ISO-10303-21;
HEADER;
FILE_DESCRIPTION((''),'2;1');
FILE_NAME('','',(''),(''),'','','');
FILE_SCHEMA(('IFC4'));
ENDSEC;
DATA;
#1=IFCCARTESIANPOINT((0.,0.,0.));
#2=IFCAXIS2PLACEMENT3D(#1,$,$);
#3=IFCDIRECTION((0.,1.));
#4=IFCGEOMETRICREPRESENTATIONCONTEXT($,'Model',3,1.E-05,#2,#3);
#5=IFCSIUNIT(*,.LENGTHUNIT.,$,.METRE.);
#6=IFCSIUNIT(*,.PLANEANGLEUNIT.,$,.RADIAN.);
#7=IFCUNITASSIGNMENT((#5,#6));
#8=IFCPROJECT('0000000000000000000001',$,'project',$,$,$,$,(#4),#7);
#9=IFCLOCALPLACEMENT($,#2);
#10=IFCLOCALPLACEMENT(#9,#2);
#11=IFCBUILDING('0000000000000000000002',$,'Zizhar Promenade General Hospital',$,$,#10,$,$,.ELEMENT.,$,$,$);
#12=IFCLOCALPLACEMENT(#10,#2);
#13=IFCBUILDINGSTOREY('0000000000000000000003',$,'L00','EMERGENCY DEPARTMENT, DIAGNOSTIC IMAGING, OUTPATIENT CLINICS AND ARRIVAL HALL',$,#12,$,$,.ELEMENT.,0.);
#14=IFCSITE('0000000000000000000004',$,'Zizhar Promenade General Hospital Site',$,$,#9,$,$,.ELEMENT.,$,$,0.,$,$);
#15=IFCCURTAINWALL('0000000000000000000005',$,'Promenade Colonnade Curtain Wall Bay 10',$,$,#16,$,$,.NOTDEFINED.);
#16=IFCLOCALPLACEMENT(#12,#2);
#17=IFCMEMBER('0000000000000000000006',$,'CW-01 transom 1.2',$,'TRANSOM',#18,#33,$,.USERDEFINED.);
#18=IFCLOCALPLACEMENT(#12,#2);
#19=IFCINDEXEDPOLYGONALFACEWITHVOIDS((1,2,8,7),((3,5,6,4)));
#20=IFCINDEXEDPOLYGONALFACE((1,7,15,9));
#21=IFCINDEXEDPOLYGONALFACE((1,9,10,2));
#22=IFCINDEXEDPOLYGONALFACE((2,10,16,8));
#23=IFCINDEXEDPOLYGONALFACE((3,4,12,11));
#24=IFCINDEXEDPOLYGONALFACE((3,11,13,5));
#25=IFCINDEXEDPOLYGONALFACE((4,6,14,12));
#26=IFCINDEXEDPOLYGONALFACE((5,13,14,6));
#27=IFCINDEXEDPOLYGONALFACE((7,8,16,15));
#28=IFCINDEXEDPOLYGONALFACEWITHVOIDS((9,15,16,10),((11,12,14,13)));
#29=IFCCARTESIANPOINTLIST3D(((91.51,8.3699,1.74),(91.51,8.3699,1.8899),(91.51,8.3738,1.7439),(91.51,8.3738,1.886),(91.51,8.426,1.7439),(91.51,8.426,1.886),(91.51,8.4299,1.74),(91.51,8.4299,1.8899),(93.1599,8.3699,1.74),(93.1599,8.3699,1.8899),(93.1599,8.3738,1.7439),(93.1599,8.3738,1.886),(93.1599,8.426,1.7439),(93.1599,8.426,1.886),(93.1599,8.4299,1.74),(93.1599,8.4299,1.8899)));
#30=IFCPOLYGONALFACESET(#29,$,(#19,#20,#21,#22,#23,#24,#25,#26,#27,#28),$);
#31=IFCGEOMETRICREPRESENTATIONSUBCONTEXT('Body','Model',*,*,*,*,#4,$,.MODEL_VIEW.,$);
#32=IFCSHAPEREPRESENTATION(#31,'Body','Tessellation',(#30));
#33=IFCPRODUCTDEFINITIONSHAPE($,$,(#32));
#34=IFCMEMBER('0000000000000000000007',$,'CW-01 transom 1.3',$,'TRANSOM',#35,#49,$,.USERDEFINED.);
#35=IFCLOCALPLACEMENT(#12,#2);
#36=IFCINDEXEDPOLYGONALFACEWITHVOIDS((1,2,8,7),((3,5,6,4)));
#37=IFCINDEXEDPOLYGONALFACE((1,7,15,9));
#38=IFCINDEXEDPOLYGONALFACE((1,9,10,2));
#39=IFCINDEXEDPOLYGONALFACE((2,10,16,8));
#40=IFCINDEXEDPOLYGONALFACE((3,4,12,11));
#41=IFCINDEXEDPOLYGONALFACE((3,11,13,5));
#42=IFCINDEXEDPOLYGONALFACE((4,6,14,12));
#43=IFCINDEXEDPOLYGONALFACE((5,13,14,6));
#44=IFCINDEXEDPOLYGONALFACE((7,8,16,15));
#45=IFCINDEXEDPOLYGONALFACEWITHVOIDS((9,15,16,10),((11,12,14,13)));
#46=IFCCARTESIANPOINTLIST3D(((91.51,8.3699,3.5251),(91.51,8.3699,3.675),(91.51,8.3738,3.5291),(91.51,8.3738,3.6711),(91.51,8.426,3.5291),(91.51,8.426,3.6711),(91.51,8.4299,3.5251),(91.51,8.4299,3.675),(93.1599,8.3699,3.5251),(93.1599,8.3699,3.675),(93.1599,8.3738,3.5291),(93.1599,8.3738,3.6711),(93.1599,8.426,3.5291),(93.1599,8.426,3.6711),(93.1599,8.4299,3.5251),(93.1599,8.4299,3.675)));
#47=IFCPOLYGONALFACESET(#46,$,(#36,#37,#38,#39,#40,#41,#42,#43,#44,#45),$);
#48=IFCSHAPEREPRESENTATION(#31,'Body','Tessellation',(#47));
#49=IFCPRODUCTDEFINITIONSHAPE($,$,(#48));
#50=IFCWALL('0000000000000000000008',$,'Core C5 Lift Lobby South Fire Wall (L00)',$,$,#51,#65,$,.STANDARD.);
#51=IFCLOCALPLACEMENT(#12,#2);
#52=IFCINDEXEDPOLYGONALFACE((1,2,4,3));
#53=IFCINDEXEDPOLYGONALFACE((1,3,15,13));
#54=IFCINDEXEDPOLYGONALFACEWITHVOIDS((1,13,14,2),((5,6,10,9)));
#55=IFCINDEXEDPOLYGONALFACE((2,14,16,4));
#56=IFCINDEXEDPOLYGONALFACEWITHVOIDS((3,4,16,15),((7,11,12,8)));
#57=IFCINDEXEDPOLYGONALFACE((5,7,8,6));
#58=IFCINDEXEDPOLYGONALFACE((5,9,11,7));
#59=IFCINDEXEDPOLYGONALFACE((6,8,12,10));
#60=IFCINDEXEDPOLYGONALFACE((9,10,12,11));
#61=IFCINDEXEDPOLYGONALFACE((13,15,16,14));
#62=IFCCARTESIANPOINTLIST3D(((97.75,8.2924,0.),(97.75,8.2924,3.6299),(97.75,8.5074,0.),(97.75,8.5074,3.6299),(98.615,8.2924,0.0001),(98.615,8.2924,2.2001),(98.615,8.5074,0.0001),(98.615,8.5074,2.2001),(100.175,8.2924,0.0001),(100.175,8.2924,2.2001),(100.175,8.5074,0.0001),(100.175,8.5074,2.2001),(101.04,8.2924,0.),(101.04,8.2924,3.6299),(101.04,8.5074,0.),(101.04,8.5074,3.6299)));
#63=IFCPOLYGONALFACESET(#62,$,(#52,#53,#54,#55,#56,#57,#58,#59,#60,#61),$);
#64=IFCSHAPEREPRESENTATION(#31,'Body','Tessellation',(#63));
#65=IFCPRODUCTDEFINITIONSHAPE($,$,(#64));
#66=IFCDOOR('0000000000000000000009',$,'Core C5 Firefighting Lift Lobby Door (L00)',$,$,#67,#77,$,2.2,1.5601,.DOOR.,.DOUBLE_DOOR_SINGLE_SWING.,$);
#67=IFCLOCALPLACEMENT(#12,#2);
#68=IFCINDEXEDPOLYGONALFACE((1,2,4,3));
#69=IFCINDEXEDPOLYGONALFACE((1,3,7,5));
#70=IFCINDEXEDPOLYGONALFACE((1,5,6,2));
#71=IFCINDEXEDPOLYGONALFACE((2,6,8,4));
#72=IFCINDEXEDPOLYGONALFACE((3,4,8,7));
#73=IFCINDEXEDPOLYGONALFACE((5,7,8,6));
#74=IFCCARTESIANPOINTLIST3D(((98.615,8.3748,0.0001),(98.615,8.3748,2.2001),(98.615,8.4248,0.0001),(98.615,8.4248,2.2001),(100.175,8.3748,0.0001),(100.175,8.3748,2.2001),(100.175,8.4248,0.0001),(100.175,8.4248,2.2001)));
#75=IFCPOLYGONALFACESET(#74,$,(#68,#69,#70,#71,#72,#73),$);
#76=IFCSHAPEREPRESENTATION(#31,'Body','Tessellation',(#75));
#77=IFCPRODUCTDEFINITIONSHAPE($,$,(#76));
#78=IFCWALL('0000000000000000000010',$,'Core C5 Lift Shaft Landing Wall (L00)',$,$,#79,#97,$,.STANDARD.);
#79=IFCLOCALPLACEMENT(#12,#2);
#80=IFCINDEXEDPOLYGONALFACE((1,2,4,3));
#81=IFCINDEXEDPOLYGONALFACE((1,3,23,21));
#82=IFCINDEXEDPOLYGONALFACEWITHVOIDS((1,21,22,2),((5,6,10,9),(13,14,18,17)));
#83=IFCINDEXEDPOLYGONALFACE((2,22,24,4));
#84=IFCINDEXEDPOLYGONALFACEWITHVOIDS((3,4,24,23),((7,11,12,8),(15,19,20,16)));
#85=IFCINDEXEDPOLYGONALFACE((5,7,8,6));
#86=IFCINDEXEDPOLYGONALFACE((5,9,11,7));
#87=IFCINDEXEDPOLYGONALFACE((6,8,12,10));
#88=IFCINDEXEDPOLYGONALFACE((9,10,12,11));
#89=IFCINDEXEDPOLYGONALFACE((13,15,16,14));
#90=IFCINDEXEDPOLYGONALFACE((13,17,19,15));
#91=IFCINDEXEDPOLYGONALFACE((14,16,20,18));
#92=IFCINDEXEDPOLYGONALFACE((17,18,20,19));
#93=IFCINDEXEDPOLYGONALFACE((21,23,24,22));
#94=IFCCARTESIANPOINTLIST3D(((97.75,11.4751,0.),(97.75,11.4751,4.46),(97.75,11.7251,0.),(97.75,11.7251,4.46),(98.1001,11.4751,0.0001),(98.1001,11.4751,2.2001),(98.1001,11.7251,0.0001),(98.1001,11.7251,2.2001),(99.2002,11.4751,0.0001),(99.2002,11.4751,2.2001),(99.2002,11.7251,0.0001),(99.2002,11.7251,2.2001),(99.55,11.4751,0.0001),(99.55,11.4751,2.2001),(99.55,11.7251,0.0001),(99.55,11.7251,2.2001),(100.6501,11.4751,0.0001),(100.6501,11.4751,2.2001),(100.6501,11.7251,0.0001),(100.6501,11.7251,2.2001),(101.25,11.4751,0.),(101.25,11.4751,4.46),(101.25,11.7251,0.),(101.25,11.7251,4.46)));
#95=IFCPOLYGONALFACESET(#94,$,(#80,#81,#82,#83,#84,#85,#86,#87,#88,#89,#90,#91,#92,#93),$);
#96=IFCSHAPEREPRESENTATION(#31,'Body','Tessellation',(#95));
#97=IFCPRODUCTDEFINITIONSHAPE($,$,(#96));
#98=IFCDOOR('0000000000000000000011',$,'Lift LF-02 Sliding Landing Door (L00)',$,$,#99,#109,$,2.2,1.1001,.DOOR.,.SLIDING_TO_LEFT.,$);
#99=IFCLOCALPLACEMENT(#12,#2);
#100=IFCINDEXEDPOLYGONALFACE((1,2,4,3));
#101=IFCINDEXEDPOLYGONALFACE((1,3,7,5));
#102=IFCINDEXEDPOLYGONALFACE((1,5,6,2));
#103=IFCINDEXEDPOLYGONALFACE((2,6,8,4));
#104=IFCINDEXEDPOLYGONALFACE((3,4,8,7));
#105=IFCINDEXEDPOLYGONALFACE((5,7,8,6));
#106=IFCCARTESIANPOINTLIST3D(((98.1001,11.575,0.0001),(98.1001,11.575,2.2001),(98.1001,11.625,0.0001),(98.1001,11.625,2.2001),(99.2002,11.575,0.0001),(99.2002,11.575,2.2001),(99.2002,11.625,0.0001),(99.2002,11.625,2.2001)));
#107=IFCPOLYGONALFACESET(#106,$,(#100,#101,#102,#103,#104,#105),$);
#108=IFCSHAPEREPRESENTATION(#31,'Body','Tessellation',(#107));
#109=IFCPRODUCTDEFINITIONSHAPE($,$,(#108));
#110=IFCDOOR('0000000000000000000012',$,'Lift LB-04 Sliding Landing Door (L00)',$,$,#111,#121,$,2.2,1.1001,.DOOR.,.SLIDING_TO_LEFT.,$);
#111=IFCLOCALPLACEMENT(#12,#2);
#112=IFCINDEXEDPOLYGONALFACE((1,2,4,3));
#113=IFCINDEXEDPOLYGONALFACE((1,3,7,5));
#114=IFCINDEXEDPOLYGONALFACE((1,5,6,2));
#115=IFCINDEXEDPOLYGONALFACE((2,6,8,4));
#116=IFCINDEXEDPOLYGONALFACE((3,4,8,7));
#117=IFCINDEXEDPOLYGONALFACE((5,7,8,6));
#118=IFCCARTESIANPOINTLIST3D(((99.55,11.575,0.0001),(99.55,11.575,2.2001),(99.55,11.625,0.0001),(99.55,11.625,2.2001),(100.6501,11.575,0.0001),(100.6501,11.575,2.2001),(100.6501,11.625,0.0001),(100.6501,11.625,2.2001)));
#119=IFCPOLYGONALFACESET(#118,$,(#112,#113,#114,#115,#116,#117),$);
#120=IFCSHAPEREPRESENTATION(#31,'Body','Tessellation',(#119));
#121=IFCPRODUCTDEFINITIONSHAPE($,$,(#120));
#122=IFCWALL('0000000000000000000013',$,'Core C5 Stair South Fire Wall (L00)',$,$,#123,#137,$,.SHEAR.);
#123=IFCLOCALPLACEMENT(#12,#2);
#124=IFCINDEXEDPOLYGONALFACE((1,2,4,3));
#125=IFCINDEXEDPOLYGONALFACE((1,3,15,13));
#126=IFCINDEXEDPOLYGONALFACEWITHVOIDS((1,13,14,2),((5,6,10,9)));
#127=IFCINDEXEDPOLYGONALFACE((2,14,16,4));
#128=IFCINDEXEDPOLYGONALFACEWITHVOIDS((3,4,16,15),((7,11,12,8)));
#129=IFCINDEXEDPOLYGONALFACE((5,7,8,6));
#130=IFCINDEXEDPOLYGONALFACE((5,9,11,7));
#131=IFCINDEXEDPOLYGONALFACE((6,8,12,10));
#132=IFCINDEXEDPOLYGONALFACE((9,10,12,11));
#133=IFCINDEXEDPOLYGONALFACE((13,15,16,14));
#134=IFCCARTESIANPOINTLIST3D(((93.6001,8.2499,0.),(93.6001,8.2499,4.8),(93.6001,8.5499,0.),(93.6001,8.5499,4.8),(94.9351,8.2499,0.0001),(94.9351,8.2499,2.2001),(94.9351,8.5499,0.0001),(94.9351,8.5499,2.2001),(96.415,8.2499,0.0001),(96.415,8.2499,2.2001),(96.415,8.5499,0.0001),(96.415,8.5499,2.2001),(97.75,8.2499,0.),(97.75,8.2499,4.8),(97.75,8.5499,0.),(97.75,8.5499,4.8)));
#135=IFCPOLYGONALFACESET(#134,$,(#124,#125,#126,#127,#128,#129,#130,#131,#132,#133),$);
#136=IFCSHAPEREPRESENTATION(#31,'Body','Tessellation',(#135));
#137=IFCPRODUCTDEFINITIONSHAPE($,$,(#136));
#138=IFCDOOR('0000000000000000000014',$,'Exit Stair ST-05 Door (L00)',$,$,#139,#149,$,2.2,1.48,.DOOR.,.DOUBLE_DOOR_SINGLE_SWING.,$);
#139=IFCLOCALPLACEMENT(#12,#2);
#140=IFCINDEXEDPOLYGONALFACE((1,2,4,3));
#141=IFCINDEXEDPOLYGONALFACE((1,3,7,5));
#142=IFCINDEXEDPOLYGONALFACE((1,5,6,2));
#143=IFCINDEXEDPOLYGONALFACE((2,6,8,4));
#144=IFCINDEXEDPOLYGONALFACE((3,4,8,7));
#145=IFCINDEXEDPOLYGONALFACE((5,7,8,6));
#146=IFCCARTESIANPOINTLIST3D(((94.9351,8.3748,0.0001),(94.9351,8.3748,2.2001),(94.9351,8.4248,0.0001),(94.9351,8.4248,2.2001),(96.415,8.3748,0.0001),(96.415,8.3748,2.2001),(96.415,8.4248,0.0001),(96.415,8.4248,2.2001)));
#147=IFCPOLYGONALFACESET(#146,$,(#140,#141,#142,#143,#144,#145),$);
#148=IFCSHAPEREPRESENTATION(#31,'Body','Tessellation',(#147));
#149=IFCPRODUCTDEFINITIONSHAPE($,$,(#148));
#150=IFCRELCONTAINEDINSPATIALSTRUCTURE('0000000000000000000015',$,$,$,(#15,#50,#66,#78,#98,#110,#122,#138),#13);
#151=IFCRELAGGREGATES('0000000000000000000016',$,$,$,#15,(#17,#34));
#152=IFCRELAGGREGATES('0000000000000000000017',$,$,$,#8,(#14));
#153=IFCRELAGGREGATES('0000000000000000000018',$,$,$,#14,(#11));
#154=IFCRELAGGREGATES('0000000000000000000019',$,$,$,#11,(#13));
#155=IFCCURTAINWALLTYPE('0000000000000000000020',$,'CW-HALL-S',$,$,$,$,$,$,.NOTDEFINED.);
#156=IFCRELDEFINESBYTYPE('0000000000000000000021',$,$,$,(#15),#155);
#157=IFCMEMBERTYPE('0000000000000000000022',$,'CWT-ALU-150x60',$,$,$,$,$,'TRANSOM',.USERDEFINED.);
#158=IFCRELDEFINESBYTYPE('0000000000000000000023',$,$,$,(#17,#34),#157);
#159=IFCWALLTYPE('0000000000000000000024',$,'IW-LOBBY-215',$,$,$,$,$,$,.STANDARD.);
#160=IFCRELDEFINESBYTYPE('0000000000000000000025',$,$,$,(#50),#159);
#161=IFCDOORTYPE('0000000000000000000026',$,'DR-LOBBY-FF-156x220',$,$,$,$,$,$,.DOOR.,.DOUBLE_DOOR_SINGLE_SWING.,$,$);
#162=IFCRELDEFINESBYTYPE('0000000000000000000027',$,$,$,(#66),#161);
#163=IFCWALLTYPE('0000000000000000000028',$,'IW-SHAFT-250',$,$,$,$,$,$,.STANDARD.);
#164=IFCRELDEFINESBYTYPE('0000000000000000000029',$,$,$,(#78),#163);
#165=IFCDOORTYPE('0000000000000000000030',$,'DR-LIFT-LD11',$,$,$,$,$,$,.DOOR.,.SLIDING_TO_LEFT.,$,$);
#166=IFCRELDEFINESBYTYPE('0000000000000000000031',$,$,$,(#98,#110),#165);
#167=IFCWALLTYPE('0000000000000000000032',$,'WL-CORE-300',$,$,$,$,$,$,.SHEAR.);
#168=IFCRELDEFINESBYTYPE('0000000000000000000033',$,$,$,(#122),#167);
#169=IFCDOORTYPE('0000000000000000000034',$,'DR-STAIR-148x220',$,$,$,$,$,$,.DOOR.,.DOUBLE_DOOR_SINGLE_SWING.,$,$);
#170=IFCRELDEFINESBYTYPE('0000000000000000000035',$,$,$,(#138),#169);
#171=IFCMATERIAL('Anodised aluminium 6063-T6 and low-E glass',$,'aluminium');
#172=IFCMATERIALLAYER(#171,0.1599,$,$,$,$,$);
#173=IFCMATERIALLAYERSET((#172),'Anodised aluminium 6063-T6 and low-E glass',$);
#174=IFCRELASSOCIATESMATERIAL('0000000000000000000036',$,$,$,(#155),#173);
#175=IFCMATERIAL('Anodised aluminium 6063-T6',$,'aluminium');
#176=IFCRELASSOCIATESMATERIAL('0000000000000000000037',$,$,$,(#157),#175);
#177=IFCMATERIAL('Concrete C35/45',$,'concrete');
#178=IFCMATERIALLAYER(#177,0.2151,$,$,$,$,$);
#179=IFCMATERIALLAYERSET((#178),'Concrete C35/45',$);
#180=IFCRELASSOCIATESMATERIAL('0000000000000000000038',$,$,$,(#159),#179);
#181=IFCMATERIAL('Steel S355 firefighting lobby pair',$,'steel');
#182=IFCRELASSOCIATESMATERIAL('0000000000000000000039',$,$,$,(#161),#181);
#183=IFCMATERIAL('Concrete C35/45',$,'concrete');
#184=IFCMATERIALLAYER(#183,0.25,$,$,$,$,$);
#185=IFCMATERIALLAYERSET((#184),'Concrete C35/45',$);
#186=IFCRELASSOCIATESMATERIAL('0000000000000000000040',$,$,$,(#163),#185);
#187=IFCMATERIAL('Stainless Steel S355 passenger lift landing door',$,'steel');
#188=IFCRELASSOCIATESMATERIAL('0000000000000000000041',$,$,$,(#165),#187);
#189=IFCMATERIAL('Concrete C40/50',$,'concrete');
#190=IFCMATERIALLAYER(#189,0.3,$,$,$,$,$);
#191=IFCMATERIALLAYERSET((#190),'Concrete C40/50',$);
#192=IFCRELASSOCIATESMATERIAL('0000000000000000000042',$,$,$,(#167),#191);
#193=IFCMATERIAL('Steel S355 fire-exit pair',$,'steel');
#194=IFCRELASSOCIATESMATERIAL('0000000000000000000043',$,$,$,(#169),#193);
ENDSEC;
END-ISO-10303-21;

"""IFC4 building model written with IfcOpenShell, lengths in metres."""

from ifc_helpers import new_model, si_unit, direction, frame, frame_2d, origin, origin_2d, place, context, subcontext, project, spatial, rectangle, hollow_rectangle, extrude, material, layer, layer_set, material_profile, profile_set, type_object, element, fill, aggregate, save


model = new_model("IFC4")

# Units and contexts
model_context = context("Model", 3, precision=1e-05, world=origin(), true_north=direction((0.0, 1.0)))
body_context = subcontext(model_context, "Body", "Model", "MODEL_VIEW")
ifc_project = project(units=[si_unit("LENGTHUNIT", "METRE"), si_unit("PLANEANGLEUNIT", "RADIAN")], contexts=[model_context])

# Site, building, storey
site_placement = place(None, origin())
site = spatial("IfcSite", under=ifc_project, at=site_placement, Name="Zizhar Promenade General Hospital Site", CompositionType="ELEMENT", RefElevation=0.0)
building_placement = place(site_placement, origin())
building = spatial("IfcBuilding", under=site, at=building_placement, Name="Zizhar Promenade General Hospital", CompositionType="ELEMENT")
storey_placement = place(building_placement, origin())
storey = spatial("IfcBuildingStorey", under=building, at=storey_placement, Name="L00", Description="EMERGENCY DEPARTMENT, DIAGNOSTIC IMAGING, OUTPATIENT CLINICS AND ARRIVAL HALL", CompositionType="ELEMENT", Elevation=0.0)

# Curtain wall, members
ifc_material_1 = material(Name="Anodised aluminium 6063-T6 and low-E glass", Category="aluminium")
ifc_layer_1 = layer(ifc_material_1, 0.1599)
ifc_layer_set_1 = layer_set([ifc_layer_1], Name="Anodised aluminium 6063-T6 and low-E glass")
curtain_wall_type = type_object("IfcCurtainWallType", Name="CW-HALL-S", PredefinedType="NOTDEFINED", material=ifc_layer_set_1)
curtain_wall_placement = place(storey_placement, origin())
curtain_wall = element("IfcCurtainWall", 1, at=curtain_wall_placement, inside=storey, type_object=curtain_wall_type, Name="Promenade Colonnade Curtain Wall Bay 10", PredefinedType="NOTDEFINED")
ifc_material_2 = material(Name="Anodised aluminium 6063-T6", Category="aluminium")
ifc_material_profile_1 = material_profile(ifc_material_2, hollow_rectangle(XDim=0.0601, YDim=0.1499, WallThickness=0.0039, at=origin_2d()))
ifc_profile_set_1 = profile_set([ifc_material_profile_1], Name="Anodised aluminium 6063-T6")
member_type_1 = type_object("IfcMemberType", Name="CWT-ALU-150x60", ElementType="TRANSOM", PredefinedType="USERDEFINED", material=ifc_profile_set_1)
member_1_placement = place(storey_placement, frame((93.1599, 8.3999, 1.8149), z_axis=(-1.0, 0.0, 0.0), x_axis=(0.0, -1.0, 0.0)))
member_1 = element("IfcMember", 2, at=member_1_placement, type_object=member_type_1, Name="CW-01 transom 1.2", ObjectType="TRANSOM", PredefinedType="USERDEFINED", context=body_context, shape_type="SweptSolid", body=[
    extrude(hollow_rectangle(XDim=0.0601, YDim=0.1499, WallThickness=0.0039, at=origin_2d()), origin(), (0.0, 0.0, 1.0), 1.6499),
])
member_2_placement = place(storey_placement, frame((93.1599, 8.3999, 3.6001), z_axis=(-1.0, 0.0, 0.0), x_axis=(0.0, -1.0, 0.0)))
member_2 = element("IfcMember", 3, at=member_2_placement, type_object=member_type_1, Name="CW-01 transom 1.3", ObjectType="TRANSOM", PredefinedType="USERDEFINED", context=body_context, shape_type="SweptSolid", body=[
    extrude(hollow_rectangle(XDim=0.0601, YDim=0.1499, WallThickness=0.0039, at=origin_2d()), origin(), (0.0, 0.0, 1.0), 1.6499),
])
aggregate(curtain_wall, [member_1, member_2])

# Wall, opening, door
ifc_material_3 = material(Name="Concrete C35/45", Category="concrete")
ifc_layer_2 = layer(ifc_material_3, 0.2151)
ifc_layer_set_2 = layer_set([ifc_layer_2], Name="Concrete C35/45")
wall_type_1 = type_object("IfcWallType", Name="IW-LOBBY-215", PredefinedType="STANDARD", material=ifc_layer_set_2)
wall_1_placement = place(storey_placement, frame((97.75, 8.3999, 0.0), z_axis=(0.0, 0.0, 1.0), x_axis=(1.0, 0.0, 0.0)))
wall_1 = element("IfcWall", 4, at=wall_1_placement, inside=storey, type_object=wall_type_1, Name="Core C5 Lift Lobby South Fire Wall (L00)", PredefinedType="STANDARD", context=body_context, shape_type="SweptSolid", body=[
    extrude(rectangle(XDim=3.29, YDim=0.2151, at=frame_2d((1.645, 0.0))), origin(), (0.0, 0.0, 1.0), 3.6299),
])
opening_1_placement = place(wall_1_placement, frame((0.865, 0.0, 0.0)))
opening_1 = element("IfcOpeningElement", 5, at=opening_1_placement, cuts=wall_1, PredefinedType="OPENING", context=body_context, shape_type="SweptSolid", body=[
    extrude(rectangle(XDim=1.5601, YDim=2.2, at=frame_2d((0.78, 1.1001))), frame((0.0, 0.1177, 0.0), z_axis=(0.0, -1.0, 0.0), x_axis=(1.0, 0.0, 0.0)), (0.0, 0.0, 1.0), 0.2351),
])
ifc_material_4 = material(Name="Steel S355 firefighting lobby pair", Category="steel")
door_type_1 = type_object("IfcDoorType", Name="DR-LOBBY-FF-156x220", OperationType="DOUBLE_DOOR_SINGLE_SWING", PredefinedType="DOOR", material=ifc_material_4)
door_1_placement = place(opening_1_placement, origin())
door_1 = element("IfcDoor", 6, at=door_1_placement, inside=storey, type_object=door_type_1, Name="Core C5 Firefighting Lift Lobby Door (L00)", OperationType="DOUBLE_DOOR_SINGLE_SWING", OverallHeight=2.2, OverallWidth=1.5601, PredefinedType="DOOR", context=body_context, shape_type="SweptSolid", body=[
    extrude(rectangle(XDim=1.5601, YDim=2.2, at=frame_2d((0.78, 1.1001))), frame((0.0, 0.0249, 0.0), z_axis=(0.0, -1.0, 0.0), x_axis=(1.0, 0.0, 0.0)), (0.0, 0.0, 1.0), 0.05),
])
fill(opening_1, door_1)

# Wall, openings, doors
ifc_material_5 = material(Name="Concrete C35/45", Category="concrete")
ifc_layer_3 = layer(ifc_material_5, 0.25)
ifc_layer_set_3 = layer_set([ifc_layer_3], Name="Concrete C35/45")
wall_type_2 = type_object("IfcWallType", Name="IW-SHAFT-250", PredefinedType="STANDARD", material=ifc_layer_set_3)
wall_2_placement = place(storey_placement, frame((97.75, 11.6001, 0.0), z_axis=(0.0, 0.0, 1.0), x_axis=(1.0, 0.0, 0.0)))
wall_2 = element("IfcWall", 7, at=wall_2_placement, inside=storey, type_object=wall_type_2, Name="Core C5 Lift Shaft Landing Wall (L00)", PredefinedType="STANDARD", context=body_context, shape_type="SweptSolid", body=[
    extrude(rectangle(XDim=3.5, YDim=0.25, at=frame_2d((1.75, 0.0))), origin(), (0.0, 0.0, 1.0), 4.46),
])
opening_2_placement = place(wall_2_placement, frame((0.3501, 0.0, 0.0)))
opening_2 = element("IfcOpeningElement", 8, at=opening_2_placement, cuts=wall_2, PredefinedType="OPENING", context=body_context, shape_type="SweptSolid", body=[
    extrude(rectangle(XDim=1.1001, YDim=2.2, at=frame_2d((0.55, 1.1001))), frame((0.0, 0.135, 0.0), z_axis=(0.0, -1.0, 0.0), x_axis=(1.0, 0.0, 0.0)), (0.0, 0.0, 1.0), 0.27),
])
opening_3_placement = place(wall_2_placement, frame((1.8, 0.0, 0.0)))
opening_3 = element("IfcOpeningElement", 9, at=opening_3_placement, cuts=wall_2, PredefinedType="OPENING", context=body_context, shape_type="SweptSolid", body=[
    extrude(rectangle(XDim=1.1001, YDim=2.2, at=frame_2d((0.55, 1.1001))), frame((0.0, 0.135, 0.0), z_axis=(0.0, -1.0, 0.0), x_axis=(1.0, 0.0, 0.0)), (0.0, 0.0, 1.0), 0.27),
])
ifc_material_6 = material(Name="Stainless Steel S355 passenger lift landing door", Category="steel")
door_type_2 = type_object("IfcDoorType", Name="DR-LIFT-LD11", OperationType="SLIDING_TO_LEFT", PredefinedType="DOOR", material=ifc_material_6)
door_2_placement = place(opening_2_placement, origin())
door_2 = element("IfcDoor", 10, at=door_2_placement, inside=storey, type_object=door_type_2, Name="Lift LF-02 Sliding Landing Door (L00)", OperationType="SLIDING_TO_LEFT", OverallHeight=2.2, OverallWidth=1.1001, PredefinedType="DOOR", context=body_context, shape_type="SweptSolid", body=[
    extrude(rectangle(XDim=1.1001, YDim=2.2, at=frame_2d((0.55, 1.1001))), frame((0.0, 0.0249, 0.0), z_axis=(0.0, -1.0, 0.0), x_axis=(1.0, 0.0, 0.0)), (0.0, 0.0, 1.0), 0.05),
])
fill(opening_2, door_2)
door_3_placement = place(opening_3_placement, origin())
door_3 = element("IfcDoor", 11, at=door_3_placement, inside=storey, type_object=door_type_2, Name="Lift LB-04 Sliding Landing Door (L00)", OperationType="SLIDING_TO_LEFT", OverallHeight=2.2, OverallWidth=1.1001, PredefinedType="DOOR", context=body_context, shape_type="SweptSolid", body=[
    extrude(rectangle(XDim=1.1001, YDim=2.2, at=frame_2d((0.55, 1.1001))), frame((0.0, 0.0249, 0.0), z_axis=(0.0, -1.0, 0.0), x_axis=(1.0, 0.0, 0.0)), (0.0, 0.0, 1.0), 0.05),
])
fill(opening_3, door_3)

# Wall, opening, door
ifc_material_7 = material(Name="Concrete C40/50", Category="concrete")
ifc_layer_4 = layer(ifc_material_7, 0.3)
ifc_layer_set_4 = layer_set([ifc_layer_4], Name="Concrete C40/50")
wall_type_3 = type_object("IfcWallType", Name="WL-CORE-300", PredefinedType="SHEAR", material=ifc_layer_set_4)
wall_3_placement = place(storey_placement, frame((93.6001, 8.3999, 0.0), z_axis=(0.0, 0.0, 1.0), x_axis=(1.0, 0.0, 0.0)))
wall_3 = element("IfcWall", 12, at=wall_3_placement, inside=storey, type_object=wall_type_3, Name="Core C5 Stair South Fire Wall (L00)", PredefinedType="SHEAR", context=body_context, shape_type="SweptSolid", body=[
    extrude(rectangle(XDim=4.1499, YDim=0.3, at=frame_2d((2.075, 0.0))), origin(), (0.0, 0.0, 1.0), 4.8),
])
opening_4_placement = place(wall_3_placement, frame((1.335, 0.0, 0.0)))
opening_4 = element("IfcOpeningElement", 13, at=opening_4_placement, cuts=wall_3, PredefinedType="OPENING", context=body_context, shape_type="SweptSolid", body=[
    extrude(rectangle(XDim=1.48, YDim=2.2, at=frame_2d((0.74, 1.1001))), frame((0.0, 0.1602, 0.0), z_axis=(0.0, -1.0, 0.0), x_axis=(1.0, 0.0, 0.0)), (0.0, 0.0, 1.0), 0.3201),
])
ifc_material_8 = material(Name="Steel S355 fire-exit pair", Category="steel")
door_type_3 = type_object("IfcDoorType", Name="DR-STAIR-148x220", OperationType="DOUBLE_DOOR_SINGLE_SWING", PredefinedType="DOOR", material=ifc_material_8)
door_4_placement = place(opening_4_placement, origin())
door_4 = element("IfcDoor", 14, at=door_4_placement, inside=storey, type_object=door_type_3, Name="Exit Stair ST-05 Door (L00)", OperationType="DOUBLE_DOOR_SINGLE_SWING", OverallHeight=2.2, OverallWidth=1.48, PredefinedType="DOOR", context=body_context, shape_type="SweptSolid", body=[
    extrude(rectangle(XDim=1.48, YDim=2.2, at=frame_2d((0.74, 1.1001))), frame((0.0, 0.0249, 0.0), z_axis=(0.0, -1.0, 0.0), x_axis=(1.0, 0.0, 0.0)), (0.0, 0.0, 1.0), 0.05),
])
fill(opening_4, door_4)

save(model, "model.ifc")
